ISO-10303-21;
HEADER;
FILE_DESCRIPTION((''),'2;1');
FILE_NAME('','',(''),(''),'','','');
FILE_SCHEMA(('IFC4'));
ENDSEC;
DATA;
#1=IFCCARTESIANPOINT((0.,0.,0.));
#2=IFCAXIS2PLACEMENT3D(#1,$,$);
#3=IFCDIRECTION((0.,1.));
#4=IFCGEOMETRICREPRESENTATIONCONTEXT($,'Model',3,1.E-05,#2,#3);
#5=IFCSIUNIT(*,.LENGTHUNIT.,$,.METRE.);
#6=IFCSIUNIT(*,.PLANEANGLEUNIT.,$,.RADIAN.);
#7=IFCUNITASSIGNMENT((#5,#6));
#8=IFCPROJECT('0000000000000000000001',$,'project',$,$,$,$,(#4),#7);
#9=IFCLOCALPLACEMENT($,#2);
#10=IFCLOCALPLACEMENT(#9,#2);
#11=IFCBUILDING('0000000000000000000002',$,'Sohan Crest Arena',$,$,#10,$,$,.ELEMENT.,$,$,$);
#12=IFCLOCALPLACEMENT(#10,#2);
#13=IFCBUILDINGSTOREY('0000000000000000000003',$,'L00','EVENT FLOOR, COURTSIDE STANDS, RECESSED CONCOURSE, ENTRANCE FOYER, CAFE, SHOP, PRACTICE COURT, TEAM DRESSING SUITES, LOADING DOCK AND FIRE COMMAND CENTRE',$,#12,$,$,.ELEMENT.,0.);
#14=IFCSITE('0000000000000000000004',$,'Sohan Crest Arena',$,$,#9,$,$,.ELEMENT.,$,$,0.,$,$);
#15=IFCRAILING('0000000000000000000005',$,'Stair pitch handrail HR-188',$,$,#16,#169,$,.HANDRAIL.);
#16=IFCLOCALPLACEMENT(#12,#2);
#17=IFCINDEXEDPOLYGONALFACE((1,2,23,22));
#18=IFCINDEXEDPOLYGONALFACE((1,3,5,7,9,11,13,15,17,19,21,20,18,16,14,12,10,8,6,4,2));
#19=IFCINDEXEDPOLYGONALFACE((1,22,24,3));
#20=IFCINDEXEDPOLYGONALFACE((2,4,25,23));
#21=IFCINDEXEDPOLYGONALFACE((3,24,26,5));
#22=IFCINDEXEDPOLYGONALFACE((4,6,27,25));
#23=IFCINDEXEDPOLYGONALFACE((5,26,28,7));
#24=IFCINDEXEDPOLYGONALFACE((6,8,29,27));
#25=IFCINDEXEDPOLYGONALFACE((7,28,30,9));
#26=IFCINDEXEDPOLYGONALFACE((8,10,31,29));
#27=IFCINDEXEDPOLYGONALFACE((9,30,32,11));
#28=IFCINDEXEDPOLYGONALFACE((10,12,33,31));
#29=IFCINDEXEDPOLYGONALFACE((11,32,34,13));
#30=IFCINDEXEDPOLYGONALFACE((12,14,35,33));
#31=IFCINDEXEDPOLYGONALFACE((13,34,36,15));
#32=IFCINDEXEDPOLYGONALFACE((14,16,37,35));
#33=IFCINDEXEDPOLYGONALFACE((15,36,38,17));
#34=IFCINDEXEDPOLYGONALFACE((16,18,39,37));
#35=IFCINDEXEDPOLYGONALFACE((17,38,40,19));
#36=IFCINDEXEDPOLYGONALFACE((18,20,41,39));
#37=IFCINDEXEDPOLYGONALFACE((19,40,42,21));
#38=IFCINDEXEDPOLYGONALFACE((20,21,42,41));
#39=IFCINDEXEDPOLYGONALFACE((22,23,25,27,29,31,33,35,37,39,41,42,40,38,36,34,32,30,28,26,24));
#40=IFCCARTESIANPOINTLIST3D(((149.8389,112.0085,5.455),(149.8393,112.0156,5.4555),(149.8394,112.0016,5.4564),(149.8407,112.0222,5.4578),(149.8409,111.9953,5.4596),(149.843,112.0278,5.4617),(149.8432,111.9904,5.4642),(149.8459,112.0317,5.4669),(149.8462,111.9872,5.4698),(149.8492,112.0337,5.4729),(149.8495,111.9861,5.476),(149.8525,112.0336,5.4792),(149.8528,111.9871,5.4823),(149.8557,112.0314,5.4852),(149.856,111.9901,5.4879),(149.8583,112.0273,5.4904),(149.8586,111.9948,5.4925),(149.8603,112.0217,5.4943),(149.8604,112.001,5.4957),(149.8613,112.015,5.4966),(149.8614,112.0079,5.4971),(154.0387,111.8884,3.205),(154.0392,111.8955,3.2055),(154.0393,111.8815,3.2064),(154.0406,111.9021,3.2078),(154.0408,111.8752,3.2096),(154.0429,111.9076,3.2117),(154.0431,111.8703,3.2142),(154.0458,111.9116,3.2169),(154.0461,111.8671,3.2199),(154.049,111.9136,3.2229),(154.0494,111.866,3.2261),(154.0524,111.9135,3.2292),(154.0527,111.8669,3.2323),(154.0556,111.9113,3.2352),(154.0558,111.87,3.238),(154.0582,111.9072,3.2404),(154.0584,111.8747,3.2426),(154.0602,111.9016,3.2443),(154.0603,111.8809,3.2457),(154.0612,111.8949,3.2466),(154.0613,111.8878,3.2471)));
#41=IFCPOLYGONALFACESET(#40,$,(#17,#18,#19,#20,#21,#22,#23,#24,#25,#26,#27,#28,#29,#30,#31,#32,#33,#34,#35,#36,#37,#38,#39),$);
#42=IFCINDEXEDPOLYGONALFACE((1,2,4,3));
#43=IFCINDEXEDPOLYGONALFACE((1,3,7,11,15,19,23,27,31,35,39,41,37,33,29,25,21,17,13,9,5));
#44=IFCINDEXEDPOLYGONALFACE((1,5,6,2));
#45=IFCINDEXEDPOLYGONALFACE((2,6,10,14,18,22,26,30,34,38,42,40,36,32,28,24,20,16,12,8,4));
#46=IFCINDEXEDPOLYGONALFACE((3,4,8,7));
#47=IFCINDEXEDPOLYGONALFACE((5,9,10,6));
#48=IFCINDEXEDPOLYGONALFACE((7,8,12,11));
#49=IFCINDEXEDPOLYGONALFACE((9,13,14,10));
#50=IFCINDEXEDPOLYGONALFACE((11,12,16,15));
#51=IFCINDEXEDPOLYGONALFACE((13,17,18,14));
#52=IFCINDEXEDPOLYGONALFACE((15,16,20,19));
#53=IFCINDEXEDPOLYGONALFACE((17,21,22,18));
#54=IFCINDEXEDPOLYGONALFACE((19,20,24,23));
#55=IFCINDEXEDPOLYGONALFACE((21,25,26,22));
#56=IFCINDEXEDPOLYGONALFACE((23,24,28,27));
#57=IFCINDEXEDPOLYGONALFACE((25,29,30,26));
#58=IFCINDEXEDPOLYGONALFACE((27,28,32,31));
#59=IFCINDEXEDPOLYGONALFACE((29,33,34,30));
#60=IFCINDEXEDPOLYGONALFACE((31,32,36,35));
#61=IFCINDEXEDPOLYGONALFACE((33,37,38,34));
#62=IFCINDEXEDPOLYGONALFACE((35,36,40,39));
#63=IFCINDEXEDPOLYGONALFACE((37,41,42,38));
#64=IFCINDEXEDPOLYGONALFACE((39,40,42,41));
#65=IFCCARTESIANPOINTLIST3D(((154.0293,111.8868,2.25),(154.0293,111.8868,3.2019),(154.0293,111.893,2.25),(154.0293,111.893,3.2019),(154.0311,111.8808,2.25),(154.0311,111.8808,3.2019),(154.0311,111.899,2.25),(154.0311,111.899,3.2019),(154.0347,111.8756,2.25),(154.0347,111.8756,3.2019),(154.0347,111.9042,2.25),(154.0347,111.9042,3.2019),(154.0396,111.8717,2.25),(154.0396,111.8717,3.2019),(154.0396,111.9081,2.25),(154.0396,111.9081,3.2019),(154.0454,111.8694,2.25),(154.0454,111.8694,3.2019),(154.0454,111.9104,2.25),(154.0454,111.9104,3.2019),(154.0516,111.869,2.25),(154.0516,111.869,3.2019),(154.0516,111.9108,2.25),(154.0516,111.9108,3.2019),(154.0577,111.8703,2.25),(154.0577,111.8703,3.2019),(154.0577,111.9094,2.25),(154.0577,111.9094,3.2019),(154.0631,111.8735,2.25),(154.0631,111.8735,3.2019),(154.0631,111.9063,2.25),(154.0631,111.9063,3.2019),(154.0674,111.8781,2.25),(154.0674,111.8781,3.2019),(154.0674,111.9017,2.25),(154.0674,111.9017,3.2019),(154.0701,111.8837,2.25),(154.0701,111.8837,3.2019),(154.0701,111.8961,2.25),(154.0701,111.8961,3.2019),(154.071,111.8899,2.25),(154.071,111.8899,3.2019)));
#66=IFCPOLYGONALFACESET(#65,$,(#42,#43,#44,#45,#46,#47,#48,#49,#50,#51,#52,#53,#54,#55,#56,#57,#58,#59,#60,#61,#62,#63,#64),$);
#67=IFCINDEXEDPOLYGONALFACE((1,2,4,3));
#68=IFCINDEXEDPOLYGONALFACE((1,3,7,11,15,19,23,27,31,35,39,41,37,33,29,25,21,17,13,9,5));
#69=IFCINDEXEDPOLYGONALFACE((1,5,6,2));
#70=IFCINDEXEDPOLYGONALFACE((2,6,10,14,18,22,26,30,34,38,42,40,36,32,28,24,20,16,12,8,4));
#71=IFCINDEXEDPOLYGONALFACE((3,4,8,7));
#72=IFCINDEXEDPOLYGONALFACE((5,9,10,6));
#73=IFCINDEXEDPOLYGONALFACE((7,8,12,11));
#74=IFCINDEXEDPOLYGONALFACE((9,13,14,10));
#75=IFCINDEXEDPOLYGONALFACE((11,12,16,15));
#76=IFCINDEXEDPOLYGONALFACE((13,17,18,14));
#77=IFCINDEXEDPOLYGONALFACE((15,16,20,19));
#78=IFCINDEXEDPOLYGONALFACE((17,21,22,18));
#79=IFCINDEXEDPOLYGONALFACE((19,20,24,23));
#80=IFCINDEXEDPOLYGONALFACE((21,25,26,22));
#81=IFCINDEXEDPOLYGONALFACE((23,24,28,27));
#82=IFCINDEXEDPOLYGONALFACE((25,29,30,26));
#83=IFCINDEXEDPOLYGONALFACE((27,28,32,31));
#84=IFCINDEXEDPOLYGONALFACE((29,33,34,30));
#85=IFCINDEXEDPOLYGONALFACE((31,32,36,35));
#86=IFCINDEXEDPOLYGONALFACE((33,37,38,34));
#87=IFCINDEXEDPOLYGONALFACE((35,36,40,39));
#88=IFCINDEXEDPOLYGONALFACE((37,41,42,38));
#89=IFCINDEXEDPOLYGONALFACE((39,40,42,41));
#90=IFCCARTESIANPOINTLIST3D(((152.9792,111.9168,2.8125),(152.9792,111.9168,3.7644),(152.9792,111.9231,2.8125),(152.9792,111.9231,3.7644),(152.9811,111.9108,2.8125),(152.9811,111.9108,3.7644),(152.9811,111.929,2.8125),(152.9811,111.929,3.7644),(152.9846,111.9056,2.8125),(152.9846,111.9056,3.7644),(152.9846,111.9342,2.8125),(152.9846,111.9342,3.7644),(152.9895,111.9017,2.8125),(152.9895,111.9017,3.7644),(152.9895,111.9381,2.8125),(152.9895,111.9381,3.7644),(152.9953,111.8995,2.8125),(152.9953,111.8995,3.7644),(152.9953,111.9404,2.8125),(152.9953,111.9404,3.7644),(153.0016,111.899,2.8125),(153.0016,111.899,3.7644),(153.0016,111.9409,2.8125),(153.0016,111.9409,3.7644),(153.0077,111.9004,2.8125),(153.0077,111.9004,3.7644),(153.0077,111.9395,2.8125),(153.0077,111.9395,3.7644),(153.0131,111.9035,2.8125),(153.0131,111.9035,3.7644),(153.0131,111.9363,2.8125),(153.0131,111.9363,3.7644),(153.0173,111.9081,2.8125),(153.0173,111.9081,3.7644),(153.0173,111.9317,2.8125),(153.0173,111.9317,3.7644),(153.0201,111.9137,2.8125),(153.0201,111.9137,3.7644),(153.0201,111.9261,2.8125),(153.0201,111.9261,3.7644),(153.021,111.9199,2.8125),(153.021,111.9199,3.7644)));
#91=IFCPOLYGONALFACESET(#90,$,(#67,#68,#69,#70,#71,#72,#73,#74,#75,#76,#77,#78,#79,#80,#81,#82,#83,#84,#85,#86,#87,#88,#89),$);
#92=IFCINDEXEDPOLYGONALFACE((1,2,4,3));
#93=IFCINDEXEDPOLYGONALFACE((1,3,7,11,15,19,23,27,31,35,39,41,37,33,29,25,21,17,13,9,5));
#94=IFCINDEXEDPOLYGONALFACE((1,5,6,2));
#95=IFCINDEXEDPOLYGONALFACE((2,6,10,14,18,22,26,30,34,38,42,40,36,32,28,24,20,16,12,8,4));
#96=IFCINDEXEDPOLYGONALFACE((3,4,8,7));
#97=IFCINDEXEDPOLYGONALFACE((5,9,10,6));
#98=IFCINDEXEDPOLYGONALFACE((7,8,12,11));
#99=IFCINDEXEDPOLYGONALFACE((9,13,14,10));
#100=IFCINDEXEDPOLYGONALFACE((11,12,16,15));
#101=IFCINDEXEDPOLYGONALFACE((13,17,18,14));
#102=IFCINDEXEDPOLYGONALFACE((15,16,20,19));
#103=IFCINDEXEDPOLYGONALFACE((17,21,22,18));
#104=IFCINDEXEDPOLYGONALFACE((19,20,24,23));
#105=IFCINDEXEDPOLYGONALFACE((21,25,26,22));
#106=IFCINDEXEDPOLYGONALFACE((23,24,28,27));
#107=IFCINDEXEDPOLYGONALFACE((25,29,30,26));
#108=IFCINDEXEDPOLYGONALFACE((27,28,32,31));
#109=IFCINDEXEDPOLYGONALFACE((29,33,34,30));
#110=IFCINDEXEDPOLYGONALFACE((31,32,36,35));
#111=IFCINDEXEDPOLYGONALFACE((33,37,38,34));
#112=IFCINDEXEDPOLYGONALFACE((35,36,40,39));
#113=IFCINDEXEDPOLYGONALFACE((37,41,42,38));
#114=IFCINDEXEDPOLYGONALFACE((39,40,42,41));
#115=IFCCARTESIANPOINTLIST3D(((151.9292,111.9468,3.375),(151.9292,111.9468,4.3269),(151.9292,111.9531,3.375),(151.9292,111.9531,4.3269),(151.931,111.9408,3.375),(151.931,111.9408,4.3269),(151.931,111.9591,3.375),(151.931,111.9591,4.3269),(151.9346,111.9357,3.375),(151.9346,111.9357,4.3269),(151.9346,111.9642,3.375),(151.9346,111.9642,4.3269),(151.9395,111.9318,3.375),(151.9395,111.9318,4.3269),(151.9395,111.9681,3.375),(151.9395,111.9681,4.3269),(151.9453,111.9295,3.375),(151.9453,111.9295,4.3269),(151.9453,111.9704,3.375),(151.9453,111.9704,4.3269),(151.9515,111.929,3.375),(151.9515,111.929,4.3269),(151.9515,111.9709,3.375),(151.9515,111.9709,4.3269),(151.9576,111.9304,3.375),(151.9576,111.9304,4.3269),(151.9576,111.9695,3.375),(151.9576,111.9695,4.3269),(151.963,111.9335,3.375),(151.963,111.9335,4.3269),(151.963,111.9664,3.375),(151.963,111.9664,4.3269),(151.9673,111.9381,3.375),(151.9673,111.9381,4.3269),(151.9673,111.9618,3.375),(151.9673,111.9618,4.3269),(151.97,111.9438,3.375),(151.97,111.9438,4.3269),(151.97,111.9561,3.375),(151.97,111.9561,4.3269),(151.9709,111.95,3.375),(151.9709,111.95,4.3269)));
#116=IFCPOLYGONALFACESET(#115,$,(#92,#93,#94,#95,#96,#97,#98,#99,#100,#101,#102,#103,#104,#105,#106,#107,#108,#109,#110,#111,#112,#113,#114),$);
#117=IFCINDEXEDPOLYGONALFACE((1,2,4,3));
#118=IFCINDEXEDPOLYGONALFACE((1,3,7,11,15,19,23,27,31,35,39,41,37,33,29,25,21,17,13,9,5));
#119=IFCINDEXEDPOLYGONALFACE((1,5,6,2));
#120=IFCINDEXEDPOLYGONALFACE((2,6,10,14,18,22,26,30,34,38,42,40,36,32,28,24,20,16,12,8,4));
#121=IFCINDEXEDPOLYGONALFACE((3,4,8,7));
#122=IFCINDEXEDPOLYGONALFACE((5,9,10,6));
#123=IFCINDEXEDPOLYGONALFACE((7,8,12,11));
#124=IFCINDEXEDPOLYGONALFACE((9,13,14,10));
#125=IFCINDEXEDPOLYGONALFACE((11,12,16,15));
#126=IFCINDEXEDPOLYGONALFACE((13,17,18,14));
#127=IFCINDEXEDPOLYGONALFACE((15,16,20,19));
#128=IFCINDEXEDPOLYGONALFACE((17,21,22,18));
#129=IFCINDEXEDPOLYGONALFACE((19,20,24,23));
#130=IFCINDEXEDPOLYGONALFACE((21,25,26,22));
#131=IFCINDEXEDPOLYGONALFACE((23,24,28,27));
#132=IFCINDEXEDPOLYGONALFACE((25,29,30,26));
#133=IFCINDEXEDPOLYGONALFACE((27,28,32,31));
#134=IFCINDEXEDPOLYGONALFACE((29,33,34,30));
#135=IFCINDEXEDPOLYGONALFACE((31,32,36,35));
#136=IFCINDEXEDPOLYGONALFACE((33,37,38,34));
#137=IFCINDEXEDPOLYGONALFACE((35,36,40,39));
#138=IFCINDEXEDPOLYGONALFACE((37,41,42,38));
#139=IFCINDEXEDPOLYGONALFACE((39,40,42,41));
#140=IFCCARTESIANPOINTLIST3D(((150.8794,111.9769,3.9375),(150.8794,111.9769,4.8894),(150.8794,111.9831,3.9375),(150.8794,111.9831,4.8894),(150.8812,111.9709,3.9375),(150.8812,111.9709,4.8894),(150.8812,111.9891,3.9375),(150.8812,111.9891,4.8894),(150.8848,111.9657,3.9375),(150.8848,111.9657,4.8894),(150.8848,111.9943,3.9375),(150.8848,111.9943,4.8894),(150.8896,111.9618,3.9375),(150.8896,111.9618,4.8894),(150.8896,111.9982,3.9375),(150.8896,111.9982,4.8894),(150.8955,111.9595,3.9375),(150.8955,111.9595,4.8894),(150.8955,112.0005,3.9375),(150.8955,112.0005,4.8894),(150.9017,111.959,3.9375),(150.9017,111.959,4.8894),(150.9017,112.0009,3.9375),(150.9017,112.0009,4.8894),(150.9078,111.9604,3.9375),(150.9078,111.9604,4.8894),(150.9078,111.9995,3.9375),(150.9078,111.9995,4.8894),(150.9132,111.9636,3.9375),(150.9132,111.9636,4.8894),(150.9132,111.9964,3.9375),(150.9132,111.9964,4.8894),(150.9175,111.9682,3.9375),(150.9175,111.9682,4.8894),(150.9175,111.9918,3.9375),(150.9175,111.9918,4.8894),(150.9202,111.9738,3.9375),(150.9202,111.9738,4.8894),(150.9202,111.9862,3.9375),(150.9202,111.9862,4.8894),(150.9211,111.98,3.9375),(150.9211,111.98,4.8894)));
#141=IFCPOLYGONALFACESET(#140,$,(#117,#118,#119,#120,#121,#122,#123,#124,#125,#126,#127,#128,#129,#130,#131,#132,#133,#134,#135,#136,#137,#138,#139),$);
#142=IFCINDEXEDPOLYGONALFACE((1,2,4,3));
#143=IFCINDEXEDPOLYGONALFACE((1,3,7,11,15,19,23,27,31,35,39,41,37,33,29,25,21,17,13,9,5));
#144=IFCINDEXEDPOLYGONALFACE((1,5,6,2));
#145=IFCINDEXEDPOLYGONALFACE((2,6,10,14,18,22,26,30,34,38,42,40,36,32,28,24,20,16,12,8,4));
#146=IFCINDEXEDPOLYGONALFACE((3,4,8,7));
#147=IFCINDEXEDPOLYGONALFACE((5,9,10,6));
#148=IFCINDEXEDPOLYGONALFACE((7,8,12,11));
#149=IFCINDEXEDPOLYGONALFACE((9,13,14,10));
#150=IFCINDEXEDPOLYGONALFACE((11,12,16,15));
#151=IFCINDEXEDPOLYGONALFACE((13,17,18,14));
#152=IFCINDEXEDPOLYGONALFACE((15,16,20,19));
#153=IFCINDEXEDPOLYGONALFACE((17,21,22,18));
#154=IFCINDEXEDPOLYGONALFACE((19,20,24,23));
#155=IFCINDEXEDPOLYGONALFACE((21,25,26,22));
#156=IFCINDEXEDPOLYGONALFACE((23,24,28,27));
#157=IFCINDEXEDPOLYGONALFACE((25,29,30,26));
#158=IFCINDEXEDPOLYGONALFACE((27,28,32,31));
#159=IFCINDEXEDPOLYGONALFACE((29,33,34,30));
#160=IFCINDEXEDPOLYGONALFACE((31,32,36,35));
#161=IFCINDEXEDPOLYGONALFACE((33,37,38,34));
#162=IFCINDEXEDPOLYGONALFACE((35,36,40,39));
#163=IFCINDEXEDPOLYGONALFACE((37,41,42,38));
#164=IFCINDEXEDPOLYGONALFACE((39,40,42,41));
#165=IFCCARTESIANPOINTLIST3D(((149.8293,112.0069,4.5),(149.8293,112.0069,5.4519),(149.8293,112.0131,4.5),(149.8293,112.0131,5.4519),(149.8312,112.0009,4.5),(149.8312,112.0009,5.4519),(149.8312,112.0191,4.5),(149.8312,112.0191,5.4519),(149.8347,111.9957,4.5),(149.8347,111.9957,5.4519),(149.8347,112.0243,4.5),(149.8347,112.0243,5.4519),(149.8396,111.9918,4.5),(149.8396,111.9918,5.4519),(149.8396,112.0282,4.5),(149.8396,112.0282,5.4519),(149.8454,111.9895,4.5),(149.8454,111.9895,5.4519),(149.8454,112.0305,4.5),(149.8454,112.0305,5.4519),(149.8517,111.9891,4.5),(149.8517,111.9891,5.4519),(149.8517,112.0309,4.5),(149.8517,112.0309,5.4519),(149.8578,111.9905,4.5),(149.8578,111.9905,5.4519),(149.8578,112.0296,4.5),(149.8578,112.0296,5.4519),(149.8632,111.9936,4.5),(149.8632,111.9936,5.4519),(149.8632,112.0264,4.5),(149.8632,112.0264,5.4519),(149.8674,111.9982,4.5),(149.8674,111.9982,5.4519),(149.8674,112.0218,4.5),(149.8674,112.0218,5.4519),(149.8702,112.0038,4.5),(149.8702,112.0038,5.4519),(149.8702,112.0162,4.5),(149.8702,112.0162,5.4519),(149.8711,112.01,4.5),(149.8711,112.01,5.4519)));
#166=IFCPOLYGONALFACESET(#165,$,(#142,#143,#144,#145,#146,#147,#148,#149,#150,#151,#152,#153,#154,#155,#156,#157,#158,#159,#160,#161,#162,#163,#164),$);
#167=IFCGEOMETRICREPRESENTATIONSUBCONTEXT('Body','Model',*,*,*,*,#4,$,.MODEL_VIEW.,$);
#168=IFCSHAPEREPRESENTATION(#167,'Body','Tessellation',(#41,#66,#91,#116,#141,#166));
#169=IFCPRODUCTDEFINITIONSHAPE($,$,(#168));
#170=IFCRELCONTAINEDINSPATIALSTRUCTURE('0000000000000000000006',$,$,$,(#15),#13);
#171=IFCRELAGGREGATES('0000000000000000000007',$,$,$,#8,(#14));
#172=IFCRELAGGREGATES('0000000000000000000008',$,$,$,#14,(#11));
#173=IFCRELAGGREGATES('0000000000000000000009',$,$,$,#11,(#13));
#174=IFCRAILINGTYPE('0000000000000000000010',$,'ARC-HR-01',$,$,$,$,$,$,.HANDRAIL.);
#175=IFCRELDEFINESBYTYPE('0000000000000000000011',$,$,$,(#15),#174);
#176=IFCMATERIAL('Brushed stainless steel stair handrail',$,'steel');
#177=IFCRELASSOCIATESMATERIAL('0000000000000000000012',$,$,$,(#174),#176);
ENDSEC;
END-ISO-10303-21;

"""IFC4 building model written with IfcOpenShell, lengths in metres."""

from ifc_helpers import new_model, si_unit, direction, frame, origin, origin_2d, place, context, subcontext, project, spatial, circle, extrude, material, type_object, element, save


model = new_model("IFC4")

# Units and contexts
model_context = context("Model", 3, precision=1e-05, world=origin(), true_north=direction((0.0, 1.0)))
body_context = subcontext(model_context, "Body", "Model", "MODEL_VIEW")
ifc_project = project(units=[si_unit("LENGTHUNIT", "METRE"), si_unit("PLANEANGLEUNIT", "RADIAN")], contexts=[model_context])

# Site, building, storey
site_placement = place(None, origin())
site = spatial("IfcSite", under=ifc_project, at=site_placement, Name="Sohan Crest Arena", CompositionType="ELEMENT", RefElevation=0.0)
building_placement = place(site_placement, origin())
building = spatial("IfcBuilding", under=site, at=building_placement, Name="Sohan Crest Arena", CompositionType="ELEMENT")
storey_placement = place(building_placement, origin())
storey = spatial("IfcBuildingStorey", under=building, at=storey_placement, Name="L00", Description="EVENT FLOOR, COURTSIDE STANDS, RECESSED CONCOURSE, ENTRANCE FOYER, CAFE, SHOP, PRACTICE COURT, TEAM DRESSING SUITES, LOADING DOCK AND FIRE COMMAND CENTRE", CompositionType="ELEMENT", Elevation=0.0)

# Railing
ifc_material_1 = material(Name="Brushed stainless steel stair handrail", Category="steel")
railing_type_1 = type_object("IfcRailingType", Name="ARC-HR-01", PredefinedType="HANDRAIL", material=ifc_material_1)
railing_1_placement = place(storey_placement, frame((154.05, 111.8899, 2.25)))
element("IfcRailing", 1, at=railing_1_placement, inside=storey, type_object=railing_type_1, Name="Stair pitch handrail HR-188", PredefinedType="HANDRAIL", context=body_context, shape_type="SweptSolid", body=[
    extrude(circle(Radius=0.0239, at=origin_2d()), frame((0.0, 0.0, 0.9761), z_axis=(-0.881198, 0.025202, 0.472076), x_axis=(-0.028588, -0.999591, 0.0)), (0.0, 0.0, 1.0), 4.7661),
    extrude(circle(Radius=0.021, at=origin_2d()), origin(), (0.0, 0.0, 1.0), 0.9519),
    extrude(circle(Radius=0.021, at=origin_2d()), frame((-1.05, 0.03, 0.5625)), (0.0, 0.0, 1.0), 0.9519),
    extrude(circle(Radius=0.021, at=origin_2d()), frame((-2.1001, 0.0601, 1.125)), (0.0, 0.0, 1.0), 0.9519),
    extrude(circle(Radius=0.021, at=origin_2d()), frame((-3.1499, 0.0901, 1.6875)), (0.0, 0.0, 1.0), 0.9519),
    extrude(circle(Radius=0.021, at=origin_2d()), frame((-4.2, 0.1201, 2.25)), (0.0, 0.0, 1.0), 0.9519),
])

save(model, "model.ifc")
